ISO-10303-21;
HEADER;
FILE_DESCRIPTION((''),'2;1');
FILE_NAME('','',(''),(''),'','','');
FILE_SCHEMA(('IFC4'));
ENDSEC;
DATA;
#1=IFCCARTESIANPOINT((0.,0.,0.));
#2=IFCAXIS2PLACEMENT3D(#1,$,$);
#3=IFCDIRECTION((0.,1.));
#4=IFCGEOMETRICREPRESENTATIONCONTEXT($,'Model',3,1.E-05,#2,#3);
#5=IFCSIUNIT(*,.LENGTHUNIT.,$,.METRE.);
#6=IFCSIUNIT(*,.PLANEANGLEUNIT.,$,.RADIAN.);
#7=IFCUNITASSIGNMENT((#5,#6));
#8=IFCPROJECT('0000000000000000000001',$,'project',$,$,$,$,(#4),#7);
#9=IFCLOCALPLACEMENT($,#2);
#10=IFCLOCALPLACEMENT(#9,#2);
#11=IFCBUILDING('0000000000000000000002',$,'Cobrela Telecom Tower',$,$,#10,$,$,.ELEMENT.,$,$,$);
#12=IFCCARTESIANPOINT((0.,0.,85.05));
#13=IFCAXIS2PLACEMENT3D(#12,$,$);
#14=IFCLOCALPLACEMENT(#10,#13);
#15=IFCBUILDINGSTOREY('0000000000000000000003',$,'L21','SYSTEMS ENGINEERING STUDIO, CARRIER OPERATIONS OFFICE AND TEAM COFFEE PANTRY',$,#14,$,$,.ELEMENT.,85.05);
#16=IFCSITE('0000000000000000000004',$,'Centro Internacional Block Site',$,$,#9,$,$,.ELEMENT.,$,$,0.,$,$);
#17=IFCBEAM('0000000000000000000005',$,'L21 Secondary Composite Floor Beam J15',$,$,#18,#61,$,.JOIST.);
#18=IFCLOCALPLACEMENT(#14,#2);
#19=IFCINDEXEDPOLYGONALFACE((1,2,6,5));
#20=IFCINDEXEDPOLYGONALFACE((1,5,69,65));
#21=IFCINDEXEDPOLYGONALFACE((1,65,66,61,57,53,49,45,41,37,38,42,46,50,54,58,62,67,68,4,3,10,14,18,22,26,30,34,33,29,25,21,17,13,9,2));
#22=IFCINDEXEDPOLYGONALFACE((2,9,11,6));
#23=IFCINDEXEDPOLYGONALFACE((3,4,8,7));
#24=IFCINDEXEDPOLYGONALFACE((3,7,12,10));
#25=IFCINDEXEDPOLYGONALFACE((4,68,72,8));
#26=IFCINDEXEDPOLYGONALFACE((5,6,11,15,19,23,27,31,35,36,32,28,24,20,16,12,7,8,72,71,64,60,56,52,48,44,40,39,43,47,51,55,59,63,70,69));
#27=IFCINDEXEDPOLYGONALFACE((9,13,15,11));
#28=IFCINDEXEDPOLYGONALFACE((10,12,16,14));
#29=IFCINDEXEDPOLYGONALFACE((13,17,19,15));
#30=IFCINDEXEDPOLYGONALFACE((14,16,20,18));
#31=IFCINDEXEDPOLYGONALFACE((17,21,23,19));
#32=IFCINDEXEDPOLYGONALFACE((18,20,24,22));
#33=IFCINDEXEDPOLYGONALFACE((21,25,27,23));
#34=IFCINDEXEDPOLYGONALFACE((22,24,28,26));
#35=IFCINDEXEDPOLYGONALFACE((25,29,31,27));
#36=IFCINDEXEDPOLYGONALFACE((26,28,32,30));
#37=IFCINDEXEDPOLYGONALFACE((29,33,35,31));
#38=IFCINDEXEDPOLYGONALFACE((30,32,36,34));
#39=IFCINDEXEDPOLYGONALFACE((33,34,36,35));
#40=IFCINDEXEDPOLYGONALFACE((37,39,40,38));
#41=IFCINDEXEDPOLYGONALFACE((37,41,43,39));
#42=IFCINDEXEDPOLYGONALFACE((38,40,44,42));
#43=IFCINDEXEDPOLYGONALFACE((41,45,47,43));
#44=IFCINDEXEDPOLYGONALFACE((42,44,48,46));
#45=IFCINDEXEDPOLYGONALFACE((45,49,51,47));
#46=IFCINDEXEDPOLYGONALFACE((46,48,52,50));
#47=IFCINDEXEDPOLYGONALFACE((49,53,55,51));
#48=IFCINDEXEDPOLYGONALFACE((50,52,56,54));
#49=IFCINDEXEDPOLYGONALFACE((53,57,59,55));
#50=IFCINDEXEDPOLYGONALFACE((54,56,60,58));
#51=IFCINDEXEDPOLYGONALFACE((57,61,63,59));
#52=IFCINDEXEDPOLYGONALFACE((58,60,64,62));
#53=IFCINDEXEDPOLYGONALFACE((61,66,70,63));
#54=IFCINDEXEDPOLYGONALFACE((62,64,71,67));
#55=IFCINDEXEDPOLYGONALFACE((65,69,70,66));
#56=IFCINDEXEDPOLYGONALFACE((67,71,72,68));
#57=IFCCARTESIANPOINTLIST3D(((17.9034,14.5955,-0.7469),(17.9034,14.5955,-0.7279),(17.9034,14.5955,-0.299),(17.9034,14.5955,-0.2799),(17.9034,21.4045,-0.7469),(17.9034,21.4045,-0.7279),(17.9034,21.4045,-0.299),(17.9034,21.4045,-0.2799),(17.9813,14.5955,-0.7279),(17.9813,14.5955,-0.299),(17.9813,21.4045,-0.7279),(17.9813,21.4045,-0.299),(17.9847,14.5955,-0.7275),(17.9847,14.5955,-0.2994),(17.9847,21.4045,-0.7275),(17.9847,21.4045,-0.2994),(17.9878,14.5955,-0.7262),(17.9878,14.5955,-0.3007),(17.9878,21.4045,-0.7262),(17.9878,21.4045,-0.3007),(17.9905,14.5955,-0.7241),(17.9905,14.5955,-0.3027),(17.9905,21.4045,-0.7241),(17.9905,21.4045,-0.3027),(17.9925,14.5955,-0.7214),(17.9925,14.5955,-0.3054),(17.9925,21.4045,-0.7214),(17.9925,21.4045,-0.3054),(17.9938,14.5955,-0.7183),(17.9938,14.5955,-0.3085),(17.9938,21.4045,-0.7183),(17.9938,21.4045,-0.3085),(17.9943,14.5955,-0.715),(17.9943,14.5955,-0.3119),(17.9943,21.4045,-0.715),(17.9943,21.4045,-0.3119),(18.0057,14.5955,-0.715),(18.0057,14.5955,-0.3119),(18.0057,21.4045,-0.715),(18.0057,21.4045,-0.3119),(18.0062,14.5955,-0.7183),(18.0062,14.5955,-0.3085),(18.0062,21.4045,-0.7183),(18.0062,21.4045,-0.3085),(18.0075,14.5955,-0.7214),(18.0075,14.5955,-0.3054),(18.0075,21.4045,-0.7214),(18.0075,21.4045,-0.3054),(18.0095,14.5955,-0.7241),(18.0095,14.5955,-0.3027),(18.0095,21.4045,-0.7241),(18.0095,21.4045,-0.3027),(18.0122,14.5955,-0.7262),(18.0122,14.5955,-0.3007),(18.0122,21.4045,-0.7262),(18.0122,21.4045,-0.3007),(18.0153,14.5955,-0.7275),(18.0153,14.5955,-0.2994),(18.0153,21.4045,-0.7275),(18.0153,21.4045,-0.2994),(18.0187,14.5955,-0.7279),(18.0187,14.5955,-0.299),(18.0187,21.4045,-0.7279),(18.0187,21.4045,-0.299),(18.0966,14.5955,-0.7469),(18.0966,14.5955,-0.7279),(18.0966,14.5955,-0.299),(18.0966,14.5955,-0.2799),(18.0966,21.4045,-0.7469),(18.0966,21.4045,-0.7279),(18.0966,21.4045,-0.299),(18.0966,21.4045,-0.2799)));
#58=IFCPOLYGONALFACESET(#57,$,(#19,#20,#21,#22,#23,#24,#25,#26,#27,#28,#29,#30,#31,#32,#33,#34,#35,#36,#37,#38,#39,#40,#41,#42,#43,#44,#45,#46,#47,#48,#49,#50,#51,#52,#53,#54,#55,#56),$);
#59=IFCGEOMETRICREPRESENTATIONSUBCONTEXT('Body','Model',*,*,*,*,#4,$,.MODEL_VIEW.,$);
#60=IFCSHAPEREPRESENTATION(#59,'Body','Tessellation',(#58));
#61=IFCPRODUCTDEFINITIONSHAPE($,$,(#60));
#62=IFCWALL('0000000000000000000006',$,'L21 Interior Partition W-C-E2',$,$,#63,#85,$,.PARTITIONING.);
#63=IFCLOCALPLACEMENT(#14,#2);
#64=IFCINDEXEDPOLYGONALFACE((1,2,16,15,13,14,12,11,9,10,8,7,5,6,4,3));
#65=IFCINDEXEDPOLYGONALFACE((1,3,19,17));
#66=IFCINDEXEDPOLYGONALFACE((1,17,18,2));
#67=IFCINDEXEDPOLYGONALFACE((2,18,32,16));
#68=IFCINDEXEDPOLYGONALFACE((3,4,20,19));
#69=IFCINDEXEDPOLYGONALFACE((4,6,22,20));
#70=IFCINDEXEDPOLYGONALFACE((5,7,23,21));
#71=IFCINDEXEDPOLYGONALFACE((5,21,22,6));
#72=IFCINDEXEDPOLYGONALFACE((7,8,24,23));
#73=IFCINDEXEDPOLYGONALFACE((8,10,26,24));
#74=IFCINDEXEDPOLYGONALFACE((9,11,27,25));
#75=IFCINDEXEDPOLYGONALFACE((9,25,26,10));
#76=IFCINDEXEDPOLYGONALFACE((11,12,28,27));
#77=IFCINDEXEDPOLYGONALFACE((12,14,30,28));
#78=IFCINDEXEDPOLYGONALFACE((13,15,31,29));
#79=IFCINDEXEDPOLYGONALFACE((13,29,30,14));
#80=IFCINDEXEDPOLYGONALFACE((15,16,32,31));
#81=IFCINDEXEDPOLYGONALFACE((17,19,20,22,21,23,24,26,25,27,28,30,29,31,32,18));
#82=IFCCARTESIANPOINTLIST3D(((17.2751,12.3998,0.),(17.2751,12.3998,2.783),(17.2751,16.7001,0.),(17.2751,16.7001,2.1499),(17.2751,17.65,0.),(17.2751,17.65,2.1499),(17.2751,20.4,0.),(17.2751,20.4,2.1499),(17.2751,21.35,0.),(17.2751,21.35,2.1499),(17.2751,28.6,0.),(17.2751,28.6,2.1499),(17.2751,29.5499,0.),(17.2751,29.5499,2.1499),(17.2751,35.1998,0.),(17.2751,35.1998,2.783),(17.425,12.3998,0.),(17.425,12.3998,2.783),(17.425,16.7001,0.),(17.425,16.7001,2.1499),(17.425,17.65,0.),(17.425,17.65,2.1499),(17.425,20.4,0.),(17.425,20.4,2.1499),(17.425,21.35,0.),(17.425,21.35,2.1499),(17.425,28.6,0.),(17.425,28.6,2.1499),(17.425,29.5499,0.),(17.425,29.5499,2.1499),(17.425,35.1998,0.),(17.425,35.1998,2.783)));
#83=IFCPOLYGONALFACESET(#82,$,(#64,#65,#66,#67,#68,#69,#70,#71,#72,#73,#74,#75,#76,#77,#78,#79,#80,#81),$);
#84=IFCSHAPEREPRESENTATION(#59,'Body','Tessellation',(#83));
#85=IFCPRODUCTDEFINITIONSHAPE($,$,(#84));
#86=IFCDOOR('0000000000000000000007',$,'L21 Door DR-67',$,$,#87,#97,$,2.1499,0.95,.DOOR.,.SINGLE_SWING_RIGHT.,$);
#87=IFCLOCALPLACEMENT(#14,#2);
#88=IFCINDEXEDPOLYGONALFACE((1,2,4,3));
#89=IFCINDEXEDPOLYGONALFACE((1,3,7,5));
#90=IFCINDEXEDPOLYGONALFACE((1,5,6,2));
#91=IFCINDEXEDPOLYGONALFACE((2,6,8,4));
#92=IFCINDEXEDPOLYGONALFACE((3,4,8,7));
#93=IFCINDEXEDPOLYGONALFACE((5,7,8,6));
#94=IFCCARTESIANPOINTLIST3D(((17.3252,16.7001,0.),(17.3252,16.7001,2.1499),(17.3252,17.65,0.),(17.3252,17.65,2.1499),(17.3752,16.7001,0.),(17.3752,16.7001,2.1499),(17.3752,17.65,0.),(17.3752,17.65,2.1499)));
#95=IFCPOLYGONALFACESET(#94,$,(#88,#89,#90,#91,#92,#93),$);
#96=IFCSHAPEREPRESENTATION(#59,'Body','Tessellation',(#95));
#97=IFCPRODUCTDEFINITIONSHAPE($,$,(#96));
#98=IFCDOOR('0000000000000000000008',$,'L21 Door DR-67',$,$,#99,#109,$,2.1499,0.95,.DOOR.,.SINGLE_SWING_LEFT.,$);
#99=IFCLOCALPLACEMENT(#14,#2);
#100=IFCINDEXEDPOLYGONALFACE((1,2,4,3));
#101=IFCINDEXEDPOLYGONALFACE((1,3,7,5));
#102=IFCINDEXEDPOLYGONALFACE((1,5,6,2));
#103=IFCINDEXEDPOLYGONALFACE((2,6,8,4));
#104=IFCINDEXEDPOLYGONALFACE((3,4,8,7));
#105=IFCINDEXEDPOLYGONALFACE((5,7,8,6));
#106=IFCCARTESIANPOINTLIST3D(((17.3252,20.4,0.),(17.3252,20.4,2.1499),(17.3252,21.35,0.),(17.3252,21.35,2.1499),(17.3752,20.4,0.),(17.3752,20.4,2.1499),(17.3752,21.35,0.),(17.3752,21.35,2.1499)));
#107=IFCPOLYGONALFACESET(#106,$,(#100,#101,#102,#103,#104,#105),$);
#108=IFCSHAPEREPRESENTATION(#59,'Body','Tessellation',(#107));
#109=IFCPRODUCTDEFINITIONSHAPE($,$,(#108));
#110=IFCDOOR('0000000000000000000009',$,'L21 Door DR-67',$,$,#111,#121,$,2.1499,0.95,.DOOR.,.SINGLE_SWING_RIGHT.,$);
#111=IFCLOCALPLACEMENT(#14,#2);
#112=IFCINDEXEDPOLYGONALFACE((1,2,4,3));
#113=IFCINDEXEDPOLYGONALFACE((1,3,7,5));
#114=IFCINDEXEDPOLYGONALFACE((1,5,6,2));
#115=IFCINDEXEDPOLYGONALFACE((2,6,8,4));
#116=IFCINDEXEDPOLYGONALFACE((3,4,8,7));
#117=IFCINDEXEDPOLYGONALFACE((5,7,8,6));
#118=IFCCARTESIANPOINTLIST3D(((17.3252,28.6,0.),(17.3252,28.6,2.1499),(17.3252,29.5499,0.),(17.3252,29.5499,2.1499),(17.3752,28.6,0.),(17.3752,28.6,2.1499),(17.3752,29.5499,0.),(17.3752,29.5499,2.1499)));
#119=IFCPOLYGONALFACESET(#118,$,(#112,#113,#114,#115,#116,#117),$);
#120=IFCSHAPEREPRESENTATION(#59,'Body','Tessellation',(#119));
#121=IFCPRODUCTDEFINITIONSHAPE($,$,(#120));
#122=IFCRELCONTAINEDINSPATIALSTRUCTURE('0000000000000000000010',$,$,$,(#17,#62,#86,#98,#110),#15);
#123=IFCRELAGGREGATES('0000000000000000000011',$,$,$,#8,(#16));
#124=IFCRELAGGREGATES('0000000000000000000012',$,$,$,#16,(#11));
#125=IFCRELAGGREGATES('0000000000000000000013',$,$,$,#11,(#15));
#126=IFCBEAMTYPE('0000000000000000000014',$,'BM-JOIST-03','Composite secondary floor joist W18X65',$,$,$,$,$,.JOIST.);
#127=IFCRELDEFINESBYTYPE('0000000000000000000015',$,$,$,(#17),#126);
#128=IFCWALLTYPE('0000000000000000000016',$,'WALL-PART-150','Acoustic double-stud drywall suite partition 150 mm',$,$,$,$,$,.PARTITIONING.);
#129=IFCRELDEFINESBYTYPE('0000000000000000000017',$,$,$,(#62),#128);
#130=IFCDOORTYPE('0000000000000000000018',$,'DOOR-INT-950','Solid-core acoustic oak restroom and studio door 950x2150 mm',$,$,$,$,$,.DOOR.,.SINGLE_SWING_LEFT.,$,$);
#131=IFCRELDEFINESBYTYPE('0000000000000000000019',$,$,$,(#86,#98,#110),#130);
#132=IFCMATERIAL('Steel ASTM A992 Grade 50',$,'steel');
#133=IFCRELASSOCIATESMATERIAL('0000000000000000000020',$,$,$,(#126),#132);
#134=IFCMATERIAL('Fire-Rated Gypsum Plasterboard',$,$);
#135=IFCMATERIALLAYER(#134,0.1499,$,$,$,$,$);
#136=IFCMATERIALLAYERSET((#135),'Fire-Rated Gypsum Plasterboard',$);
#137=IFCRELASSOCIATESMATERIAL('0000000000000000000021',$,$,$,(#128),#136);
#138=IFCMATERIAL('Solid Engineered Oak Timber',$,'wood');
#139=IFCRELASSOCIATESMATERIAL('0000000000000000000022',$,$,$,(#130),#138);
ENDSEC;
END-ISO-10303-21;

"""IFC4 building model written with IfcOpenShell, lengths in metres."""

from ifc_helpers import new_model, si_unit, direction, frame, frame_2d, origin, origin_2d, place, context, subcontext, project, spatial, rectangle, i_section, extrude, material, layer, layer_set, material_profile, profile_set, type_object, element, fill, save


model = new_model("IFC4")

# Units and contexts
model_context = context("Model", 3, precision=1e-05, world=origin(), true_north=direction((0.0, 1.0)))
body_context = subcontext(model_context, "Body", "Model", "MODEL_VIEW")
ifc_project = project(units=[si_unit("LENGTHUNIT", "METRE"), si_unit("PLANEANGLEUNIT", "RADIAN")], contexts=[model_context])

# Site, building, storey
site_placement = place(None, origin())
site = spatial("IfcSite", under=ifc_project, at=site_placement, Name="Centro Internacional Block Site", CompositionType="ELEMENT", RefElevation=0.0)
building_placement = place(site_placement, origin())
building = spatial("IfcBuilding", under=site, at=building_placement, Name="Cobrela Telecom Tower", CompositionType="ELEMENT")
storey_placement = place(building_placement, frame((0.0, 0.0, 85.05)))
storey = spatial("IfcBuildingStorey", under=building, at=storey_placement, Name="L21", Description="SYSTEMS ENGINEERING STUDIO, CARRIER OPERATIONS OFFICE AND TEAM COFFEE PANTRY", CompositionType="ELEMENT", Elevation=85.05)

# Beam
ifc_material_1 = material(Name="Steel ASTM A992 Grade 50", Category="steel")
ifc_material_profile_1 = material_profile(ifc_material_1, i_section(OverallWidth=0.1931, OverallDepth=0.467, WebThickness=0.0115, FlangeThickness=0.019, FilletRadius=0.0129, at=origin_2d()), Name="W18X65")
ifc_profile_set_1 = profile_set([ifc_material_profile_1], Name="Steel ASTM A992 Grade 50")
beam_type_1 = type_object("IfcBeamType", Name="BM-JOIST-03", Description="Composite secondary floor joist W18X65", PredefinedType="JOIST", material=ifc_profile_set_1)
for number, where, z_axis, x_axis, name in (
    (1, (18.0, 14.5955, -0.5134), (0.0, 1.0, 0.0), (-1.0, 0.0, 0.0), "L21 Secondary Composite Floor Beam J15"),
):
    element("IfcBeam", number, at=place(storey_placement, frame(where, z_axis=z_axis, x_axis=x_axis)), inside=storey, type_object=beam_type_1, Name=name, PredefinedType="JOIST", context=body_context, shape_type="SweptSolid", body=[
        extrude(i_section(OverallWidth=0.1931, OverallDepth=0.467, WebThickness=0.0115, FlangeThickness=0.019, FilletRadius=0.0129, at=origin_2d()), origin(), (0.0, 0.0, 1.0), 6.8091),
    ])

# Wall, openings, doors
ifc_material_2 = material(Name="Fire-Rated Gypsum Plasterboard")
ifc_layer_1 = layer(ifc_material_2, 0.1499)
ifc_layer_set_1 = layer_set([ifc_layer_1], Name="Fire-Rated Gypsum Plasterboard")
wall_type_1 = type_object("IfcWallType", Name="WALL-PART-150", Description="Acoustic double-stud drywall suite partition 150 mm", PredefinedType="PARTITIONING", material=ifc_layer_set_1)
wall_1_placement = place(storey_placement, frame((17.3501, 12.3999, 0.0), z_axis=(0.0, 0.0, 1.0), x_axis=(0.0, 1.0, 0.0)))
wall_1 = element("IfcWall", 2, at=wall_1_placement, inside=storey, type_object=wall_type_1, Name="L21 Interior Partition W-C-E2", PredefinedType="PARTITIONING", context=body_context, shape_type="SweptSolid", body=[
    extrude(rectangle(XDim=22.8, YDim=0.1499, at=frame_2d((11.3999, 0.0))), origin(), (0.0, 0.0, 1.0), 2.783),
])
opening_1_placement = place(wall_1_placement, frame((4.3, 0.0, 0.0)))
opening_1 = element("IfcOpeningElement", 3, at=opening_1_placement, cuts=wall_1, PredefinedType="OPENING", context=body_context, shape_type="SweptSolid", body=[
    extrude(rectangle(XDim=0.95, YDim=2.1499, at=frame_2d((0.4751, 1.075))), frame((0.0, 0.0869, 0.0), z_axis=(0.0, -1.0, 0.0), x_axis=(1.0, 0.0, 0.0)), (0.0, 0.0, 1.0), 0.1738),
])
opening_2_placement = place(wall_1_placement, frame((8.0, 0.0, 0.0)))
opening_2 = element("IfcOpeningElement", 4, at=opening_2_placement, cuts=wall_1, PredefinedType="OPENING", context=body_context, shape_type="SweptSolid", body=[
    extrude(rectangle(XDim=0.95, YDim=2.1499, at=frame_2d((0.4751, 1.075))), frame((0.0, 0.0869, 0.0), z_axis=(0.0, -1.0, 0.0), x_axis=(1.0, 0.0, 0.0)), (0.0, 0.0, 1.0), 0.1738),
])
opening_3_placement = place(wall_1_placement, frame((16.2, 0.0, 0.0)))
opening_3 = element("IfcOpeningElement", 5, at=opening_3_placement, cuts=wall_1, PredefinedType="OPENING", context=body_context, shape_type="SweptSolid", body=[
    extrude(rectangle(XDim=0.95, YDim=2.1499, at=frame_2d((0.4751, 1.075))), frame((0.0, 0.0869, 0.0), z_axis=(0.0, -1.0, 0.0), x_axis=(1.0, 0.0, 0.0)), (0.0, 0.0, 1.0), 0.1738),
])
ifc_material_3 = material(Name="Solid Engineered Oak Timber", Category="wood")
door_type_1 = type_object("IfcDoorType", Name="DOOR-INT-950", Description="Solid-core acoustic oak restroom and studio door 950x2150 mm", OperationType="SINGLE_SWING_LEFT", PredefinedType="DOOR", material=ifc_material_3)
door_1_placement = place(opening_1_placement, origin())
door_1 = element("IfcDoor", 6, at=door_1_placement, inside=storey, type_object=door_type_1, Name="L21 Door DR-67", OperationType="SINGLE_SWING_RIGHT", OverallHeight=2.1499, OverallWidth=0.95, PredefinedType="DOOR", context=body_context, shape_type="SweptSolid", body=[
    extrude(rectangle(XDim=0.95, YDim=2.1499, at=frame_2d((0.4751, 1.075))), frame((0.0, 0.0249, 0.0), z_axis=(0.0, -1.0, 0.0), x_axis=(1.0, 0.0, 0.0)), (0.0, 0.0, 1.0), 0.05),
])
fill(opening_1, door_1)
door_2_placement = place(opening_2_placement, origin())
door_2 = element("IfcDoor", 7, at=door_2_placement, inside=storey, type_object=door_type_1, Name="L21 Door DR-67", OperationType="SINGLE_SWING_LEFT", OverallHeight=2.1499, OverallWidth=0.95, PredefinedType="DOOR", context=body_context, shape_type="SweptSolid", body=[
    extrude(rectangle(XDim=0.95, YDim=2.1499, at=frame_2d((0.4751, 1.075))), frame((0.0, 0.0249, 0.0), z_axis=(0.0, -1.0, 0.0), x_axis=(1.0, 0.0, 0.0)), (0.0, 0.0, 1.0), 0.05),
])
fill(opening_2, door_2)
door_3_placement = place(opening_3_placement, origin())
door_3 = element("IfcDoor", 8, at=door_3_placement, inside=storey, type_object=door_type_1, Name="L21 Door DR-67", OperationType="SINGLE_SWING_RIGHT", OverallHeight=2.1499, OverallWidth=0.95, PredefinedType="DOOR", context=body_context, shape_type="SweptSolid", body=[
    extrude(rectangle(XDim=0.95, YDim=2.1499, at=frame_2d((0.4751, 1.075))), frame((0.0, 0.0249, 0.0), z_axis=(0.0, -1.0, 0.0), x_axis=(1.0, 0.0, 0.0)), (0.0, 0.0, 1.0), 0.05),
])
fill(opening_3, door_3)

save(model, "model.ifc")
